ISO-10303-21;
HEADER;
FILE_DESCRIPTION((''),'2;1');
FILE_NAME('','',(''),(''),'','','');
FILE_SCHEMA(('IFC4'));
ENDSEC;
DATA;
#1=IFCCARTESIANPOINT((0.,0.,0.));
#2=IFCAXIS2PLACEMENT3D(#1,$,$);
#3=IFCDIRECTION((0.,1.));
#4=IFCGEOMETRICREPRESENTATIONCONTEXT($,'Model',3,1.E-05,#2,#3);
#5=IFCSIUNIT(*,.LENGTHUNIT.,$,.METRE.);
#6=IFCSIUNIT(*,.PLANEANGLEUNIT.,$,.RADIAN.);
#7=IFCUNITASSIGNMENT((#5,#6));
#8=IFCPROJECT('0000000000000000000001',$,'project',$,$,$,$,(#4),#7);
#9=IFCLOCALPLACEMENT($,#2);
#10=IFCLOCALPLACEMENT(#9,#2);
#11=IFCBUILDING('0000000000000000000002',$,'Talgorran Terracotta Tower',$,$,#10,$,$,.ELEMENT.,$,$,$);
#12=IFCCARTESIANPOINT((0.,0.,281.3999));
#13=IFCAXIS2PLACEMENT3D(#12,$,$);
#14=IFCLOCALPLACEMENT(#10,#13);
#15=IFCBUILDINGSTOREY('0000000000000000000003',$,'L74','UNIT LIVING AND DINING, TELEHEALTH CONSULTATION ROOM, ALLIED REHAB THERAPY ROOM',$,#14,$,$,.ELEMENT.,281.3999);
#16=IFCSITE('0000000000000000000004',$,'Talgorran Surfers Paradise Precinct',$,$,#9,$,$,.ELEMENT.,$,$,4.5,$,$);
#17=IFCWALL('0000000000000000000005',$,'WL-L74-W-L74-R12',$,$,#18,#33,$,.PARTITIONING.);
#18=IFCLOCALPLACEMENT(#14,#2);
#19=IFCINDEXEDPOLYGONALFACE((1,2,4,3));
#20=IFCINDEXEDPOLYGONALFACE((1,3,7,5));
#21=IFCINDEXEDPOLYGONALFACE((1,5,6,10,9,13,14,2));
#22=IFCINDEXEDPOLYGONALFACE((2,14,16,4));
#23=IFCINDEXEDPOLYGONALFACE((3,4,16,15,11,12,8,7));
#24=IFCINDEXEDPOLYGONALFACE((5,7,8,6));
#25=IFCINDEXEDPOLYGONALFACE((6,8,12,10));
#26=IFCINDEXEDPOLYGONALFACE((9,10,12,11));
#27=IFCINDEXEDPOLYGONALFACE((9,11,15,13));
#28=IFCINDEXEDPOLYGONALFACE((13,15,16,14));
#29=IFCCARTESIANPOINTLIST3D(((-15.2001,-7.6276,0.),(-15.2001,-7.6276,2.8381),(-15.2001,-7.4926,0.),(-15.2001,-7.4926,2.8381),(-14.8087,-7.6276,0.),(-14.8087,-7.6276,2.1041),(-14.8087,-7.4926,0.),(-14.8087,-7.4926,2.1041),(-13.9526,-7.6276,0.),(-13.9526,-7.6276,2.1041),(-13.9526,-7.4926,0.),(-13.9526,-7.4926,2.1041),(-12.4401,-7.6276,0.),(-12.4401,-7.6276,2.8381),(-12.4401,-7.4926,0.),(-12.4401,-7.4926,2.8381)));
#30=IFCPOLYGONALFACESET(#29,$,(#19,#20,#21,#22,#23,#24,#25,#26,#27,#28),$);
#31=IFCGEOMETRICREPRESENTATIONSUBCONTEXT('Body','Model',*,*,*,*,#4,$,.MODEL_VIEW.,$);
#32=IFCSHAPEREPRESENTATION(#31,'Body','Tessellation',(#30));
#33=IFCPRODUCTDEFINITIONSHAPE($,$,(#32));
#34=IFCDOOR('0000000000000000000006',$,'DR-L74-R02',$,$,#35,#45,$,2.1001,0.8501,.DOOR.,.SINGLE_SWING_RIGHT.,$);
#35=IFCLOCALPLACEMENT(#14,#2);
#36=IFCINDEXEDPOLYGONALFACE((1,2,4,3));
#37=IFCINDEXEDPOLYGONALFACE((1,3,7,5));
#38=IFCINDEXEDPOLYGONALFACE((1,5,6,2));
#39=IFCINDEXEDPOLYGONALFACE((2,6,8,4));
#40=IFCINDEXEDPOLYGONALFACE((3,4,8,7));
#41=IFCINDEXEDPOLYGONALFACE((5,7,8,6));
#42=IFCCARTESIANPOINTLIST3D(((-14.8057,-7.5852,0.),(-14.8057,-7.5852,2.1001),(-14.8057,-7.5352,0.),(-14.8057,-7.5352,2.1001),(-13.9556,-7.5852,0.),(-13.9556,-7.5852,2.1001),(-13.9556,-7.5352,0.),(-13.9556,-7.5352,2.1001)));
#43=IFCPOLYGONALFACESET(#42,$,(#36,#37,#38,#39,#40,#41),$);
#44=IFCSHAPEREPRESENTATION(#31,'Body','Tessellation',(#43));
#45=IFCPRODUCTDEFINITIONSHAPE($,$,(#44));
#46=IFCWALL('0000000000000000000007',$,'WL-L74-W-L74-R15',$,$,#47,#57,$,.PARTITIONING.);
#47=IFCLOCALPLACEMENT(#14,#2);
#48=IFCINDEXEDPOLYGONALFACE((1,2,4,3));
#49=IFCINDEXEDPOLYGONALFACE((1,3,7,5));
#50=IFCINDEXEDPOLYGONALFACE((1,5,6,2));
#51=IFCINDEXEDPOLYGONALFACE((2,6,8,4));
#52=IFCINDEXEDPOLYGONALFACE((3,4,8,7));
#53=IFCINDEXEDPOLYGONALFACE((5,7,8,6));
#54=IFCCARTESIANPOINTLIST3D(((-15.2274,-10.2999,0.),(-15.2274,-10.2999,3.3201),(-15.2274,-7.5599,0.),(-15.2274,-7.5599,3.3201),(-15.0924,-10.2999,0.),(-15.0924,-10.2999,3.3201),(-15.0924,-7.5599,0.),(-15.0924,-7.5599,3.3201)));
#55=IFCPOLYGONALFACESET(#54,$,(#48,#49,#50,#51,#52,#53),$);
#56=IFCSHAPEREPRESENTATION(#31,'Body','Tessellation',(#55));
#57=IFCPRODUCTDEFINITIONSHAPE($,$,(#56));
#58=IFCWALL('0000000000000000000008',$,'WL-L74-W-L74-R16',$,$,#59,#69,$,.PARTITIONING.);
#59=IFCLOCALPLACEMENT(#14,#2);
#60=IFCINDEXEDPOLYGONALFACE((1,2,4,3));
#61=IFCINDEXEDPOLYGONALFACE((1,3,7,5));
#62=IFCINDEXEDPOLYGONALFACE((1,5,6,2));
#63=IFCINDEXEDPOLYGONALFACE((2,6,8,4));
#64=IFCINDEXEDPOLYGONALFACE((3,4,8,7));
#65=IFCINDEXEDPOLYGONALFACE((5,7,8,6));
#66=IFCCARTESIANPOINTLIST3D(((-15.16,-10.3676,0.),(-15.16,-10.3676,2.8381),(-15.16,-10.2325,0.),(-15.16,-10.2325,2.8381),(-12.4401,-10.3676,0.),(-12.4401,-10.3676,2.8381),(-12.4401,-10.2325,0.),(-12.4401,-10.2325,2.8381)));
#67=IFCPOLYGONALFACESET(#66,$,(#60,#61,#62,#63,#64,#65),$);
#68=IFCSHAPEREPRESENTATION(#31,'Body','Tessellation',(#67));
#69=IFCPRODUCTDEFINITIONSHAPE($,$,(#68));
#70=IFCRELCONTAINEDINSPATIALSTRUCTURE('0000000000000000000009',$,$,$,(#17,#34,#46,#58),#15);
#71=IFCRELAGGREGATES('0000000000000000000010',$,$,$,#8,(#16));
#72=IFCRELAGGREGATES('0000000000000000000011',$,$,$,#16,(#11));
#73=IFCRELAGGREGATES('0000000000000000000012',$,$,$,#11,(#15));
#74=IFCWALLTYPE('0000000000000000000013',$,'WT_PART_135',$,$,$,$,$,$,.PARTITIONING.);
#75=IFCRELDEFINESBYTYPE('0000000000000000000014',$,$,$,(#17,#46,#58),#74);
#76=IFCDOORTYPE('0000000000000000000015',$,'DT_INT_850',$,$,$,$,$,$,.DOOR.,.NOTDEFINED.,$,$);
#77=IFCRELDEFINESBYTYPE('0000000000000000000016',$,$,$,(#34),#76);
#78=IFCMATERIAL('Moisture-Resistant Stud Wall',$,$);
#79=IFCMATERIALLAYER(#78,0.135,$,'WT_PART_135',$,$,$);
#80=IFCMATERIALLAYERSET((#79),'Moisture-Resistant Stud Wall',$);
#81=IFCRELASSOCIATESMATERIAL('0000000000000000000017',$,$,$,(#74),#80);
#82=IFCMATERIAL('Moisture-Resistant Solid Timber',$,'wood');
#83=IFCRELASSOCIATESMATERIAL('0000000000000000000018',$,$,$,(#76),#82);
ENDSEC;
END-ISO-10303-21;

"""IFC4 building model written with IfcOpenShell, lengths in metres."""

from ifc_helpers import new_model, si_unit, direction, frame, frame_2d, origin, place, context, subcontext, project, spatial, rectangle, extrude, material, layer, layer_set, type_object, element, fill, save


model = new_model("IFC4")

# Units and contexts
model_context = context("Model", 3, precision=1e-05, world=origin(), true_north=direction((0.0, 1.0)))
body_context = subcontext(model_context, "Body", "Model", "MODEL_VIEW")
ifc_project = project(units=[si_unit("LENGTHUNIT", "METRE"), si_unit("PLANEANGLEUNIT", "RADIAN")], contexts=[model_context])

# Site, building, storey
site_placement = place(None, origin())
site = spatial("IfcSite", under=ifc_project, at=site_placement, Name="Talgorran Surfers Paradise Precinct", CompositionType="ELEMENT", RefElevation=4.5)
building_placement = place(site_placement, origin())
building = spatial("IfcBuilding", under=site, at=building_placement, Name="Talgorran Terracotta Tower", CompositionType="ELEMENT")
storey_placement = place(building_placement, frame((0.0, 0.0, 281.3999)))
storey = spatial("IfcBuildingStorey", under=building, at=storey_placement, Name="L74", Description="UNIT LIVING AND DINING, TELEHEALTH CONSULTATION ROOM, ALLIED REHAB THERAPY ROOM", CompositionType="ELEMENT", Elevation=281.3999)

# Wall, opening, door
ifc_material_1 = material(Name="Moisture-Resistant Stud Wall")
ifc_layer_1 = layer(ifc_material_1, 0.135, Name="WT_PART_135")
ifc_layer_set_1 = layer_set([ifc_layer_1], Name="Moisture-Resistant Stud Wall")
wall_type_1 = type_object("IfcWallType", Name="WT_PART_135", PredefinedType="PARTITIONING", material=ifc_layer_set_1)
wall_1_placement = place(storey_placement, frame((-15.2, -7.5601, 0.0), z_axis=(0.0, 0.0, 1.0), x_axis=(1.0, 0.0, 0.0)))
wall_1 = element("IfcWall", 1, at=wall_1_placement, inside=storey, type_object=wall_type_1, Name="WL-L74-W-L74-R12", PredefinedType="PARTITIONING", context=body_context, shape_type="SweptSolid", body=[
    extrude(rectangle(XDim=2.76, YDim=0.135, at=frame_2d((1.3799, 0.0))), origin(), (0.0, 0.0, 1.0), 2.8381),
])
opening_placement = place(wall_1_placement, frame((0.3943, 0.0, 0.0)))
opening = element("IfcOpeningElement", 2, at=opening_placement, cuts=wall_1, PredefinedType="OPENING", context=body_context, shape_type="SweptSolid", body=[
    extrude(rectangle(XDim=0.8561, YDim=2.1041, at=frame_2d((0.425, 1.052))), frame((0.0, 0.0776, 0.0), z_axis=(0.0, -1.0, 0.0), x_axis=(1.0, 0.0, 0.0)), (0.0, 0.0, 1.0), 0.155),
])
ifc_material_2 = material(Name="Moisture-Resistant Solid Timber", Category="wood")
door_type = type_object("IfcDoorType", Name="DT_INT_850", OperationType="NOTDEFINED", PredefinedType="DOOR", material=ifc_material_2)
door_placement = place(opening_placement, origin())
door = element("IfcDoor", 3, at=door_placement, inside=storey, type_object=door_type, Name="DR-L74-R02", OperationType="SINGLE_SWING_RIGHT", OverallHeight=2.1001, OverallWidth=0.8501, PredefinedType="DOOR", context=body_context, shape_type="SweptSolid", body=[
    extrude(rectangle(XDim=0.8501, YDim=2.1001, at=frame_2d((0.425, 1.05))), frame((0.0, 0.0249, 0.0), z_axis=(0.0, -1.0, 0.0), x_axis=(1.0, 0.0, 0.0)), (0.0, 0.0, 1.0), 0.05),
])
fill(opening, door)

# Walls
wall_2_placement = place(storey_placement, frame((-15.1599, -10.3, 0.0), z_axis=(0.0, 0.0, 1.0), x_axis=(0.0, 1.0, 0.0)))
element("IfcWall", 4, at=wall_2_placement, inside=storey, type_object=wall_type_1, Name="WL-L74-W-L74-R15", PredefinedType="PARTITIONING", context=body_context, shape_type="SweptSolid", body=[
    extrude(rectangle(XDim=2.74, YDim=0.135, at=frame_2d((1.3701, 0.0))), origin(), (0.0, 0.0, 1.0), 3.3201),
])
wall_3_placement = place(storey_placement, frame((-15.1599, -10.3, 0.0), z_axis=(0.0, 0.0, 1.0), x_axis=(1.0, 0.0, 0.0)))
element("IfcWall", 5, at=wall_3_placement, inside=storey, type_object=wall_type_1, Name="WL-L74-W-L74-R16", PredefinedType="PARTITIONING", context=body_context, shape_type="SweptSolid", body=[
    extrude(rectangle(XDim=2.72, YDim=0.135, at=frame_2d((1.3599, 0.0))), origin(), (0.0, 0.0, 1.0), 2.8381),
])

save(model, "model.ifc")
